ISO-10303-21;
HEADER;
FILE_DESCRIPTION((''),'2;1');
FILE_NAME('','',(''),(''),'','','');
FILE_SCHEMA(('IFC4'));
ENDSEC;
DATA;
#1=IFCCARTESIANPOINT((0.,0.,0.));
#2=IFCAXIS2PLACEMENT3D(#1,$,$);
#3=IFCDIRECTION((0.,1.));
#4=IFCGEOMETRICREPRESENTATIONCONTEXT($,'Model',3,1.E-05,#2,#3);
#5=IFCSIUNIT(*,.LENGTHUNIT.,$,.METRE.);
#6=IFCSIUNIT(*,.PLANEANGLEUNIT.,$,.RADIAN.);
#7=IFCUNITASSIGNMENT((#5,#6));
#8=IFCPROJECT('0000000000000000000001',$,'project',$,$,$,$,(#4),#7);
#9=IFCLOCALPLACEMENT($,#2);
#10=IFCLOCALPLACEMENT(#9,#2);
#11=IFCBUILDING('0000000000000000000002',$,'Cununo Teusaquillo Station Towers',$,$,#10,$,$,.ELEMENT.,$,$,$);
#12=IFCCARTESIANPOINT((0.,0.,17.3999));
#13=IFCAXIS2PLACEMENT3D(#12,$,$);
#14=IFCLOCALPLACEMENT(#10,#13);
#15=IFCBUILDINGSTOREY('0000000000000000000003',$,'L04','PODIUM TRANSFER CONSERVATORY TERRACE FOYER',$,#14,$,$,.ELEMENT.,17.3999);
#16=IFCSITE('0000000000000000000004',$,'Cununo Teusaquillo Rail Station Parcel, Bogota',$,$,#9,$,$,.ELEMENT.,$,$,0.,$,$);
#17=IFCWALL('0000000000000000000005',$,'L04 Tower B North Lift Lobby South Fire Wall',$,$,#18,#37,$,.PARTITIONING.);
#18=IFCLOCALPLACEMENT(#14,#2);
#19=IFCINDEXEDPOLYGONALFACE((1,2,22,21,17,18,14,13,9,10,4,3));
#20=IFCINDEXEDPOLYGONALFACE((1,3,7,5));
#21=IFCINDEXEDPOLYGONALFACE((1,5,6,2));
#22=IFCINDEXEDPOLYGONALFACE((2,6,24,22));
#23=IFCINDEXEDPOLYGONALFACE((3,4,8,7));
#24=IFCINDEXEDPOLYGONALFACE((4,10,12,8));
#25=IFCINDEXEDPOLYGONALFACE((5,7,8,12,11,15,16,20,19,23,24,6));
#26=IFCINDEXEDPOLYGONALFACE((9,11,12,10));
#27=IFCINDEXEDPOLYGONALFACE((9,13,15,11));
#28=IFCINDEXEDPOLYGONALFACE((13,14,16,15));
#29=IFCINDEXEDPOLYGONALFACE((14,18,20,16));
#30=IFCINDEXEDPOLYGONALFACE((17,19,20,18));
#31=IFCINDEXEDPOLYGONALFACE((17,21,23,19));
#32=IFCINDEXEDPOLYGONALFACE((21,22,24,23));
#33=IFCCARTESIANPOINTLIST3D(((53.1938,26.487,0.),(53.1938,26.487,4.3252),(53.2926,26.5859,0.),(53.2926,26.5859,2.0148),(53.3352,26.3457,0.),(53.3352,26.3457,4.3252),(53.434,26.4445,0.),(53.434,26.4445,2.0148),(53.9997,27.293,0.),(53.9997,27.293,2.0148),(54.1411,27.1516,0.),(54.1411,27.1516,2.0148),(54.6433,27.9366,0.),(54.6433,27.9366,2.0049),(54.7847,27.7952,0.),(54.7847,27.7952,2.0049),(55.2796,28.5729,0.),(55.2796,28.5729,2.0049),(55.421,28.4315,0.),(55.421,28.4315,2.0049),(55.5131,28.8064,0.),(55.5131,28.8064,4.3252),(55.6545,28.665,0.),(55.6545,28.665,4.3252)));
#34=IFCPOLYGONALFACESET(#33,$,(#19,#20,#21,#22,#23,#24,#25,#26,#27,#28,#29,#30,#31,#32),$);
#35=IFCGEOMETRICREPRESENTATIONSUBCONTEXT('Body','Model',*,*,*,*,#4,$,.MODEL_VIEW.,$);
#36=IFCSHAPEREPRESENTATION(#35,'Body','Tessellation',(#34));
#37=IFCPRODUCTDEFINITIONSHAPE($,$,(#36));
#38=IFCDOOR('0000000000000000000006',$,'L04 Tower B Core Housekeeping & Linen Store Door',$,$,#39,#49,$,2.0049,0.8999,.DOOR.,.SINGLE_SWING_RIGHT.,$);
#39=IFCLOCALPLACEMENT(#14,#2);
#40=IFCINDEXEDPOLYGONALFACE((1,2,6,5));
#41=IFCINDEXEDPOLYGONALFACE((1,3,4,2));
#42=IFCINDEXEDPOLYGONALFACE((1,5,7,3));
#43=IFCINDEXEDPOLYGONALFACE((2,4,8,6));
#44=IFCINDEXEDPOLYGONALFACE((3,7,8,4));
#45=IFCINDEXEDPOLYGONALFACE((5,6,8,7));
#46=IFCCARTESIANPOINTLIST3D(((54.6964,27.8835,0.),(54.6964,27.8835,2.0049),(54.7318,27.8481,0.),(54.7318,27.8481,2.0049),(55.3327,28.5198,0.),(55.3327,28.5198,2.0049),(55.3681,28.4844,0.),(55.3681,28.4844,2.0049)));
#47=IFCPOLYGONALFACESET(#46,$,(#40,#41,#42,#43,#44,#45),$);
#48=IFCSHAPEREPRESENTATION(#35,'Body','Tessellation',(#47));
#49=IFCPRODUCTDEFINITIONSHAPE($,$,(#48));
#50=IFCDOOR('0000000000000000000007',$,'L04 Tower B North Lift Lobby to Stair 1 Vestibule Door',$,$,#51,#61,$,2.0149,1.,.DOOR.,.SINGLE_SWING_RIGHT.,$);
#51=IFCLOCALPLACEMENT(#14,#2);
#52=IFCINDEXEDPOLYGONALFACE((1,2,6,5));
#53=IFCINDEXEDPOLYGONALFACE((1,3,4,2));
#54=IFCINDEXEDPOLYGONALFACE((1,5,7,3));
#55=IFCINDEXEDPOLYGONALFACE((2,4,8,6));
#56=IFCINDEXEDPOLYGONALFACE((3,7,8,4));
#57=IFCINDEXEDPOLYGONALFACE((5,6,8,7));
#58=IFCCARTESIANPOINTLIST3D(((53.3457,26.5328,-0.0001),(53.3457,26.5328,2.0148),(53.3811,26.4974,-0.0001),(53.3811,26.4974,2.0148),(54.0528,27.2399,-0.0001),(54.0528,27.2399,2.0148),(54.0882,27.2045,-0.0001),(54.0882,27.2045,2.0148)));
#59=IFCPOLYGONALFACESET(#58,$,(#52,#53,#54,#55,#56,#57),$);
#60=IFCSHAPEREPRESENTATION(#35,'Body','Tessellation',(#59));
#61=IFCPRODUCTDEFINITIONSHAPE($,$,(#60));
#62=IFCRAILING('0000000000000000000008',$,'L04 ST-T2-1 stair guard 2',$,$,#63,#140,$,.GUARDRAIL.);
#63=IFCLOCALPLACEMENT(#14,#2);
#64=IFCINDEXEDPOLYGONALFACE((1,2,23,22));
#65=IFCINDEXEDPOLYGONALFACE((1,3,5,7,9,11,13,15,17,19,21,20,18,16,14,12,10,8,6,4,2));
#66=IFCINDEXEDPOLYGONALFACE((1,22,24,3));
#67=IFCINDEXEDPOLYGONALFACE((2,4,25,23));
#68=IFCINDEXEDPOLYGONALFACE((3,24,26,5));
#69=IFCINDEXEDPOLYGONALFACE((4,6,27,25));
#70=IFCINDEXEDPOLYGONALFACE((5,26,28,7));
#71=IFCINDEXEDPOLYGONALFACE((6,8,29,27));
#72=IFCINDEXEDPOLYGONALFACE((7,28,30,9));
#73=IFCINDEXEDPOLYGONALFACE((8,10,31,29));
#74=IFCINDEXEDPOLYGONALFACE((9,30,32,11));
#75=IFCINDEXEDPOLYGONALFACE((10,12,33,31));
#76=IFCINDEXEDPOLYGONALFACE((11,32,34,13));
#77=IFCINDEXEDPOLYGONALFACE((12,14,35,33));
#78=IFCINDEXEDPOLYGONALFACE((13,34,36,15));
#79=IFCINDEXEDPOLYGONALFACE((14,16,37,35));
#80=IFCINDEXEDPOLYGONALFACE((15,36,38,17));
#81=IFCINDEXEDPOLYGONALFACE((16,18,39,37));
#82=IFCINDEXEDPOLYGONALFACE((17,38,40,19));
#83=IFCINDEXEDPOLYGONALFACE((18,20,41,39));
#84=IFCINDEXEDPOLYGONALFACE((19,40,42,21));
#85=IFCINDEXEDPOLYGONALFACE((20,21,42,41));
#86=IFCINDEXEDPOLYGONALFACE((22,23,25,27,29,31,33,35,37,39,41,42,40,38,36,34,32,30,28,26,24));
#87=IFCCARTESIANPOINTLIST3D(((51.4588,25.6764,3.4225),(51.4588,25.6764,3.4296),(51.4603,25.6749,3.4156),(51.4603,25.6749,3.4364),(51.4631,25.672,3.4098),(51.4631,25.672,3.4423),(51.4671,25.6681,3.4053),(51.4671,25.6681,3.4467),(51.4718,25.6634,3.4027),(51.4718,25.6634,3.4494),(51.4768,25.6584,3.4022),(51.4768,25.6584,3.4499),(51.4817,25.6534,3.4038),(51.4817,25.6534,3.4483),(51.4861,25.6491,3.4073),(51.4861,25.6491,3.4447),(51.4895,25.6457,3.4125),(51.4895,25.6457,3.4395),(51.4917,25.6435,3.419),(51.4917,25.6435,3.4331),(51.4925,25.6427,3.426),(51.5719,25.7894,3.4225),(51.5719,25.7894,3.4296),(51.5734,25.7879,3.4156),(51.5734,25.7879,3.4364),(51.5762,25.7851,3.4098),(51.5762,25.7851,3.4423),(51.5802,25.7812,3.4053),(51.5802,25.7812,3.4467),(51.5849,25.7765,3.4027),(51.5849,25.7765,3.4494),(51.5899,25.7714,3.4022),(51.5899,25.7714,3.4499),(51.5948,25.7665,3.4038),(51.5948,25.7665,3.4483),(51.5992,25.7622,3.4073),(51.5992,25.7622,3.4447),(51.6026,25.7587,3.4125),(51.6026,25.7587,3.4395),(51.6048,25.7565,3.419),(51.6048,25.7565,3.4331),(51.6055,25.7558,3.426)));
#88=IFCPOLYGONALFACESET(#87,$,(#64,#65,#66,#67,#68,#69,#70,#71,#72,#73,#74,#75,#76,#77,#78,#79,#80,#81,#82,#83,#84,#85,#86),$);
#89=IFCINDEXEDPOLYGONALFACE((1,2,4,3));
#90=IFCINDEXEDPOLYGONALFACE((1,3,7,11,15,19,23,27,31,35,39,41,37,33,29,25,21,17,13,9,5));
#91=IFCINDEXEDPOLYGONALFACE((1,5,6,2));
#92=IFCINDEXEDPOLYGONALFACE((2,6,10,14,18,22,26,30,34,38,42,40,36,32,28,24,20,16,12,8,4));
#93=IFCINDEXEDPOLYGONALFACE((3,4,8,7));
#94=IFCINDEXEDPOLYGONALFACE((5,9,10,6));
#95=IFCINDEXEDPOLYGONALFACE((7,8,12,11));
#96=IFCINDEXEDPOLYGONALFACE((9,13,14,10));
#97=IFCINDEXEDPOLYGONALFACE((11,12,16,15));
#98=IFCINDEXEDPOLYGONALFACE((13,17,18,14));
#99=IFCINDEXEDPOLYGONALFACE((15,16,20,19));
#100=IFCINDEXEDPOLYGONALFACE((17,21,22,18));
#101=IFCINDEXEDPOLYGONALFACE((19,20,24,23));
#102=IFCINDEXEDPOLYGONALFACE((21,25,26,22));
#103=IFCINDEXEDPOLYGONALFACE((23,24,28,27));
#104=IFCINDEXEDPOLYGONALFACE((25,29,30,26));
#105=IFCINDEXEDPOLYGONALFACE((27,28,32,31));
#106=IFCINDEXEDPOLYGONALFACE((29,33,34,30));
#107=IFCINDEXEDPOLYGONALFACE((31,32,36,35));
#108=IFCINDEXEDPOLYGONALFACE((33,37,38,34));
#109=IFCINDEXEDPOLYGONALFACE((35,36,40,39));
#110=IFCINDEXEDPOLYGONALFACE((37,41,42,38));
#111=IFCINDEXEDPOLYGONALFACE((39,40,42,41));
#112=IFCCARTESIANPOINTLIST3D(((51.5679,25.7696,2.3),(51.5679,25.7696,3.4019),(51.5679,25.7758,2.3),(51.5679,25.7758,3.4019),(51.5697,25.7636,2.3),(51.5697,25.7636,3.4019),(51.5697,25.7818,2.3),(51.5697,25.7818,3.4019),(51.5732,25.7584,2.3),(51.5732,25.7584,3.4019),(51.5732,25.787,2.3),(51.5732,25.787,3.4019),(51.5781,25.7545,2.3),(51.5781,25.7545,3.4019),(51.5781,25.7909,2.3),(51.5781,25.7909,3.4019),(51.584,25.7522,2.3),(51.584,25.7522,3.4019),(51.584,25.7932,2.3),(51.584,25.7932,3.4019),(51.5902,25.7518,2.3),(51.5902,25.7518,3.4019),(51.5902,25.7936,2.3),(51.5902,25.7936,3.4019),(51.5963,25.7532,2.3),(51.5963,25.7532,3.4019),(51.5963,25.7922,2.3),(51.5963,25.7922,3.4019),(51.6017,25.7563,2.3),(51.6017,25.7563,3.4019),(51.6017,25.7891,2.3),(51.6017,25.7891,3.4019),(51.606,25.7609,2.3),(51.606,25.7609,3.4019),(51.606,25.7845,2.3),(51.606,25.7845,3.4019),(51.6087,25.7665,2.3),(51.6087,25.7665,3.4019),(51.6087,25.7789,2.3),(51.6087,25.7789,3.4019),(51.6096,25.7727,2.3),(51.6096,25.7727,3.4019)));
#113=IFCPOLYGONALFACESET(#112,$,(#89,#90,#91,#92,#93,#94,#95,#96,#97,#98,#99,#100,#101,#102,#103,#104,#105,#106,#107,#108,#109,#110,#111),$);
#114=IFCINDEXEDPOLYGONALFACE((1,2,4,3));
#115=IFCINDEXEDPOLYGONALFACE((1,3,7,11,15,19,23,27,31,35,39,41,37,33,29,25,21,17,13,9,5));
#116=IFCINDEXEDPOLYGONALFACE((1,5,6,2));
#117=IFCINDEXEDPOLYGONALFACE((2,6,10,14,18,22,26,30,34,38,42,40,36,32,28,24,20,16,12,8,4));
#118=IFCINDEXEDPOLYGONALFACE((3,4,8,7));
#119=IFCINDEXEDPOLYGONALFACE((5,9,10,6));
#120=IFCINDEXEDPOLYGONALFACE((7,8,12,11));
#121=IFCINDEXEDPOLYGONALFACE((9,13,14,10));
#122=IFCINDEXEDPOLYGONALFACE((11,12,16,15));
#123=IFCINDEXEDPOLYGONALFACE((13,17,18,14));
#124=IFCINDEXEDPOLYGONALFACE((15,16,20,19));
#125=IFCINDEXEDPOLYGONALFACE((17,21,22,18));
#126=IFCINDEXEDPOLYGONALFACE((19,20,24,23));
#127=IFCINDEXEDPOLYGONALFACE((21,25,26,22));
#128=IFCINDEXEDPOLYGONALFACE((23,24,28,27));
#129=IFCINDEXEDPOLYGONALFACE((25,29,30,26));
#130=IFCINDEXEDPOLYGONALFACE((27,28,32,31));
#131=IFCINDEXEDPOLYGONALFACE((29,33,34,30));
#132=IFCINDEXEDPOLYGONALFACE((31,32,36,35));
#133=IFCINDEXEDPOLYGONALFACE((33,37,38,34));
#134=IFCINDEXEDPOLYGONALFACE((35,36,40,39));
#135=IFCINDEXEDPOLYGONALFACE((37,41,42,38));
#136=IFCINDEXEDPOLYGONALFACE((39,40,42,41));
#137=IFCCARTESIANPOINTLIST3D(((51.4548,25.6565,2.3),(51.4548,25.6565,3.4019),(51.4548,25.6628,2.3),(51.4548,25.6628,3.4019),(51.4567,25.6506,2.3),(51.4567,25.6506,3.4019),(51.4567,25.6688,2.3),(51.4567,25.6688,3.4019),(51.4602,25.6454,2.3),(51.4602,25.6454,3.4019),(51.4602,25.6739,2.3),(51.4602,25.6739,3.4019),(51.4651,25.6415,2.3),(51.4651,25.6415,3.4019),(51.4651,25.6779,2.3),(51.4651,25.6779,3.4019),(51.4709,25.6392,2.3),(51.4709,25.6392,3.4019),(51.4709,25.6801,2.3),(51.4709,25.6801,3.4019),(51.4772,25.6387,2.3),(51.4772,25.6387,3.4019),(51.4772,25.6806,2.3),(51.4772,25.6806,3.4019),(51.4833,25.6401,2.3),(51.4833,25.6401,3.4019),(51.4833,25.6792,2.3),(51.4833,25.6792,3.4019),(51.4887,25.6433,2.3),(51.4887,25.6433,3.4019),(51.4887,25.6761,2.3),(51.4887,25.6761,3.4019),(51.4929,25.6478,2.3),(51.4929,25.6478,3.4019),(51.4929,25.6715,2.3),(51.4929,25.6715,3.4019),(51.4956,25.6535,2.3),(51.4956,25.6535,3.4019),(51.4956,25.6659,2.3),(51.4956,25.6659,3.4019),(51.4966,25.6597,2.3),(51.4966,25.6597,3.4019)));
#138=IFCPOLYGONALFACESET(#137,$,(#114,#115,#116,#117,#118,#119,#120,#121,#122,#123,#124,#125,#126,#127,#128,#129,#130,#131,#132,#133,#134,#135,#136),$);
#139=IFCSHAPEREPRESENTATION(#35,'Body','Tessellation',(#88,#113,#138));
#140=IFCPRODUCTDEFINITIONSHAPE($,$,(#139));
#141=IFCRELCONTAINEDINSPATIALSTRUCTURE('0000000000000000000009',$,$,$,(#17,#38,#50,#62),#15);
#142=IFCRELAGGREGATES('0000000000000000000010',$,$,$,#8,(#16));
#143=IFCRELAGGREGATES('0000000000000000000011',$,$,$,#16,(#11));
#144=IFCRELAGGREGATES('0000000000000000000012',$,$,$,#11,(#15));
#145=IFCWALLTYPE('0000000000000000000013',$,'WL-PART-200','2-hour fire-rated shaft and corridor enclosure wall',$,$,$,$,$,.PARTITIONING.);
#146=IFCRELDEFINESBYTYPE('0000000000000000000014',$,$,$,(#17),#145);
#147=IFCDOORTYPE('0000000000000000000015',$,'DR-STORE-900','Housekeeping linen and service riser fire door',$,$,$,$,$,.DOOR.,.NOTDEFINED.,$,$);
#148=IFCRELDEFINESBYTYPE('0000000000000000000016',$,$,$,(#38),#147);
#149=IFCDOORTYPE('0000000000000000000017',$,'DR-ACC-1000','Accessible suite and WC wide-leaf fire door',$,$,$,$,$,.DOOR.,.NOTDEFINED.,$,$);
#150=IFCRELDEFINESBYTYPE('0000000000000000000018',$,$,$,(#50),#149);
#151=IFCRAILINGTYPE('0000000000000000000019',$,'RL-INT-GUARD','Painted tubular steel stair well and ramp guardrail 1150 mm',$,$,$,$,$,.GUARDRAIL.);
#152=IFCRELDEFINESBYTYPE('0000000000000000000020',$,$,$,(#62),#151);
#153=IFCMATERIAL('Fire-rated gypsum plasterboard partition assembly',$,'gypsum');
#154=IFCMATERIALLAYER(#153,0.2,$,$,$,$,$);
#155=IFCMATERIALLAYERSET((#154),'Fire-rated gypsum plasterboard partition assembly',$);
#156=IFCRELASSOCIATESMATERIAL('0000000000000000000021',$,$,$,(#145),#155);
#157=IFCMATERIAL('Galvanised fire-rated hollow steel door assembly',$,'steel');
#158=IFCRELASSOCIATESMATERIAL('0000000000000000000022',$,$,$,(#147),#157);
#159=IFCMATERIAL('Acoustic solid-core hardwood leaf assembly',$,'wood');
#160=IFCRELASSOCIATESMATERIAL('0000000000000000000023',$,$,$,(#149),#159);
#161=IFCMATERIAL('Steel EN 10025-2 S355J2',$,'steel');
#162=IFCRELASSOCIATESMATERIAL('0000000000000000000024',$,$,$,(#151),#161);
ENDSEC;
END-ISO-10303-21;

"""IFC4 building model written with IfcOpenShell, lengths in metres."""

from ifc_helpers import new_model, si_unit, direction, frame, frame_2d, origin, origin_2d, place, context, subcontext, project, spatial, rectangle, circle, extrude, source, transform, mapped, material, layer, layer_set, type_object, element, fill, save


model = new_model("IFC4")

# Units and contexts
model_context = context("Model", 3, precision=1e-05, world=origin(), true_north=direction((0.0, 1.0)))
body_context = subcontext(model_context, "Body", "Model", "MODEL_VIEW")
ifc_project = project(units=[si_unit("LENGTHUNIT", "METRE"), si_unit("PLANEANGLEUNIT", "RADIAN")], contexts=[model_context])

# Site, building, storey
site_placement = place(None, origin())
site = spatial("IfcSite", under=ifc_project, at=site_placement, Name="Cununo Teusaquillo Rail Station Parcel, Bogota", CompositionType="ELEMENT", RefElevation=0.0)
building_placement = place(site_placement, origin())
building = spatial("IfcBuilding", under=site, at=building_placement, Name="Cununo Teusaquillo Station Towers", CompositionType="ELEMENT")
storey_placement = place(building_placement, frame((0.0, 0.0, 17.3999)))
storey = spatial("IfcBuildingStorey", under=building, at=storey_placement, Name="L04", Description="PODIUM TRANSFER CONSERVATORY TERRACE FOYER", CompositionType="ELEMENT", Elevation=17.3999)

# Wall, openings, doors
ifc_material_1 = material(Name="Fire-rated gypsum plasterboard partition assembly", Category="gypsum")
ifc_layer_1 = layer(ifc_material_1, 0.2)
ifc_layer_set_1 = layer_set([ifc_layer_1], Name="Fire-rated gypsum plasterboard partition assembly")
wall_type_1 = type_object("IfcWallType", Name="WL-PART-200", Description="2-hour fire-rated shaft and corridor enclosure wall", PredefinedType="PARTITIONING", material=ifc_layer_set_1)
wall_1_placement = place(storey_placement, frame((53.2644, 26.4163, 0.0), z_axis=(0.0, 0.0, 1.0), x_axis=(0.707107, 0.707107, 0.0)))
wall_1 = element("IfcWall", 1, at=wall_1_placement, inside=storey, type_object=wall_type_1, Name="L04 Tower B North Lift Lobby South Fire Wall", PredefinedType="PARTITIONING", context=body_context, shape_type="SweptSolid", body=[
    extrude(rectangle(XDim=3.28, YDim=0.2, at=frame_2d((1.6401, 0.0))), origin(), (0.0, 0.0, 1.0), 4.3252),
])
shared_shape_1 = source(origin(), body_context, "Body", "SweptSolid", [
    extrude(rectangle(XDim=1.0, YDim=2.0149, at=frame_2d((0.5, 1.0073))), frame((0.0, 0.1099, 0.0), z_axis=(0.0, -1.0, 0.0), x_axis=(1.0, 0.0, 0.0)), (0.0, 0.0, 1.0), 0.22),
])
opening_1_placement = place(wall_1_placement, frame((0.1399, 0.0, 0.0)))
opening_1 = element("IfcOpeningElement", 2, at=opening_1_placement, cuts=wall_1, PredefinedType="OPENING", context=body_context, shape_type="MappedRepresentation", body=[
    mapped(shared_shape_1, transform((0.0, 0.0, 0.0), x_axis=(1.0, 0.0, 0.0), y_axis=(0.0, 1.0, 0.0), z_axis=(0.0, 0.0, 1.0), scale=1.0)),
])
shared_shape_2 = source(origin(), body_context, "Body", "SweptSolid", [
    extrude(rectangle(XDim=0.8999, YDim=2.0049, at=frame_2d((0.45, 1.0024))), frame((0.0, 0.1099, 0.0), z_axis=(0.0, -1.0, 0.0), x_axis=(1.0, 0.0, 0.0)), (0.0, 0.0, 1.0), 0.22),
])
opening_2_placement = place(wall_1_placement, frame((2.05, 0.0, 0.0)))
opening_2 = element("IfcOpeningElement", 3, at=opening_2_placement, cuts=wall_1, PredefinedType="OPENING", context=body_context, shape_type="MappedRepresentation", body=[
    mapped(shared_shape_2, transform((0.0, 0.0, 0.0), x_axis=(1.0, 0.0, 0.0), y_axis=(0.0, 1.0, 0.0), z_axis=(0.0, 0.0, 1.0), scale=1.0)),
])
ifc_material_2 = material(Name="Galvanised fire-rated hollow steel door assembly", Category="steel")
door_type_1 = type_object("IfcDoorType", Name="DR-STORE-900", Description="Housekeeping linen and service riser fire door", OperationType="NOTDEFINED", PredefinedType="DOOR", material=ifc_material_2)
shared_shape_3 = source(origin(), body_context, "Body", "SweptSolid", [
    extrude(rectangle(XDim=0.8999, YDim=2.0049, at=frame_2d((0.45, 1.0024))), frame((0.0, 0.0249, 0.0), z_axis=(0.0, -1.0, 0.0), x_axis=(1.0, 0.0, 0.0)), (0.0, 0.0, 1.0), 0.05),
])
door_1_placement = place(opening_2_placement, origin())
door_1 = element("IfcDoor", 4, at=door_1_placement, inside=storey, type_object=door_type_1, Name="L04 Tower B Core Housekeeping & Linen Store Door", OperationType="SINGLE_SWING_RIGHT", OverallHeight=2.0049, OverallWidth=0.8999, PredefinedType="DOOR", context=body_context, shape_type="MappedRepresentation", body=[
    mapped(shared_shape_3, transform((0.0, 0.0, 0.0), x_axis=(1.0, 0.0, 0.0), y_axis=(0.0, 1.0, 0.0), z_axis=(0.0, 0.0, 1.0), scale=1.0)),
])
fill(opening_2, door_1)
ifc_material_3 = material(Name="Acoustic solid-core hardwood leaf assembly", Category="wood")
door_type_2 = type_object("IfcDoorType", Name="DR-ACC-1000", Description="Accessible suite and WC wide-leaf fire door", OperationType="NOTDEFINED", PredefinedType="DOOR", material=ifc_material_3)
shared_shape_4 = source(origin(), body_context, "Body", "SweptSolid", [
    extrude(rectangle(XDim=1.0, YDim=2.0149, at=frame_2d((0.5, 1.0073))), frame((0.0, 0.0249, 0.0), z_axis=(0.0, -1.0, 0.0), x_axis=(1.0, 0.0, 0.0)), (0.0, 0.0, 1.0), 0.05),
])
door_2_placement = place(opening_1_placement, origin())
door_2 = element("IfcDoor", 5, at=door_2_placement, inside=storey, type_object=door_type_2, Name="L04 Tower B North Lift Lobby to Stair 1 Vestibule Door", OperationType="SINGLE_SWING_RIGHT", OverallHeight=2.0149, OverallWidth=1.0, PredefinedType="DOOR", context=body_context, shape_type="MappedRepresentation", body=[
    mapped(shared_shape_4, transform((0.0, 0.0, 0.0), x_axis=(1.0, 0.0, 0.0), y_axis=(0.0, 1.0, 0.0), z_axis=(0.0, 0.0, 1.0), scale=1.0)),
])
fill(opening_1, door_2)

# Railing
ifc_material_4 = material(Name="Steel EN 10025-2 S355J2", Category="steel")
railing_type = type_object("IfcRailingType", Name="RL-INT-GUARD", Description="Painted tubular steel stair well and ramp guardrail 1150 mm", PredefinedType="GUARDRAIL", material=ifc_material_4)
railing_1_placement = place(storey_placement, frame((51.5886, 25.7727, 2.3)))
element("IfcRailing", 6, at=railing_1_placement, inside=storey, type_object=railing_type, Name="L04 ST-T2-1 stair guard 2", PredefinedType="GUARDRAIL", context=body_context, shape_type="SweptSolid", body=[
    extrude(circle(Radius=0.0239, at=origin_2d()), frame((0.0, 0.0, 1.126), z_axis=(-0.707107, -0.707107, 0.0), x_axis=(0.707107, -0.707107, 0.0)), (0.0, 0.0, 1.0), 0.1599),
    extrude(circle(Radius=0.021, at=origin_2d()), origin(), (0.0, 0.0, 1.0), 1.1018),
    extrude(circle(Radius=0.021, at=origin_2d()), frame((-0.113, -0.113, 0.0)), (0.0, 0.0, 1.0), 1.1018),
])

save(model, "model.ifc")
